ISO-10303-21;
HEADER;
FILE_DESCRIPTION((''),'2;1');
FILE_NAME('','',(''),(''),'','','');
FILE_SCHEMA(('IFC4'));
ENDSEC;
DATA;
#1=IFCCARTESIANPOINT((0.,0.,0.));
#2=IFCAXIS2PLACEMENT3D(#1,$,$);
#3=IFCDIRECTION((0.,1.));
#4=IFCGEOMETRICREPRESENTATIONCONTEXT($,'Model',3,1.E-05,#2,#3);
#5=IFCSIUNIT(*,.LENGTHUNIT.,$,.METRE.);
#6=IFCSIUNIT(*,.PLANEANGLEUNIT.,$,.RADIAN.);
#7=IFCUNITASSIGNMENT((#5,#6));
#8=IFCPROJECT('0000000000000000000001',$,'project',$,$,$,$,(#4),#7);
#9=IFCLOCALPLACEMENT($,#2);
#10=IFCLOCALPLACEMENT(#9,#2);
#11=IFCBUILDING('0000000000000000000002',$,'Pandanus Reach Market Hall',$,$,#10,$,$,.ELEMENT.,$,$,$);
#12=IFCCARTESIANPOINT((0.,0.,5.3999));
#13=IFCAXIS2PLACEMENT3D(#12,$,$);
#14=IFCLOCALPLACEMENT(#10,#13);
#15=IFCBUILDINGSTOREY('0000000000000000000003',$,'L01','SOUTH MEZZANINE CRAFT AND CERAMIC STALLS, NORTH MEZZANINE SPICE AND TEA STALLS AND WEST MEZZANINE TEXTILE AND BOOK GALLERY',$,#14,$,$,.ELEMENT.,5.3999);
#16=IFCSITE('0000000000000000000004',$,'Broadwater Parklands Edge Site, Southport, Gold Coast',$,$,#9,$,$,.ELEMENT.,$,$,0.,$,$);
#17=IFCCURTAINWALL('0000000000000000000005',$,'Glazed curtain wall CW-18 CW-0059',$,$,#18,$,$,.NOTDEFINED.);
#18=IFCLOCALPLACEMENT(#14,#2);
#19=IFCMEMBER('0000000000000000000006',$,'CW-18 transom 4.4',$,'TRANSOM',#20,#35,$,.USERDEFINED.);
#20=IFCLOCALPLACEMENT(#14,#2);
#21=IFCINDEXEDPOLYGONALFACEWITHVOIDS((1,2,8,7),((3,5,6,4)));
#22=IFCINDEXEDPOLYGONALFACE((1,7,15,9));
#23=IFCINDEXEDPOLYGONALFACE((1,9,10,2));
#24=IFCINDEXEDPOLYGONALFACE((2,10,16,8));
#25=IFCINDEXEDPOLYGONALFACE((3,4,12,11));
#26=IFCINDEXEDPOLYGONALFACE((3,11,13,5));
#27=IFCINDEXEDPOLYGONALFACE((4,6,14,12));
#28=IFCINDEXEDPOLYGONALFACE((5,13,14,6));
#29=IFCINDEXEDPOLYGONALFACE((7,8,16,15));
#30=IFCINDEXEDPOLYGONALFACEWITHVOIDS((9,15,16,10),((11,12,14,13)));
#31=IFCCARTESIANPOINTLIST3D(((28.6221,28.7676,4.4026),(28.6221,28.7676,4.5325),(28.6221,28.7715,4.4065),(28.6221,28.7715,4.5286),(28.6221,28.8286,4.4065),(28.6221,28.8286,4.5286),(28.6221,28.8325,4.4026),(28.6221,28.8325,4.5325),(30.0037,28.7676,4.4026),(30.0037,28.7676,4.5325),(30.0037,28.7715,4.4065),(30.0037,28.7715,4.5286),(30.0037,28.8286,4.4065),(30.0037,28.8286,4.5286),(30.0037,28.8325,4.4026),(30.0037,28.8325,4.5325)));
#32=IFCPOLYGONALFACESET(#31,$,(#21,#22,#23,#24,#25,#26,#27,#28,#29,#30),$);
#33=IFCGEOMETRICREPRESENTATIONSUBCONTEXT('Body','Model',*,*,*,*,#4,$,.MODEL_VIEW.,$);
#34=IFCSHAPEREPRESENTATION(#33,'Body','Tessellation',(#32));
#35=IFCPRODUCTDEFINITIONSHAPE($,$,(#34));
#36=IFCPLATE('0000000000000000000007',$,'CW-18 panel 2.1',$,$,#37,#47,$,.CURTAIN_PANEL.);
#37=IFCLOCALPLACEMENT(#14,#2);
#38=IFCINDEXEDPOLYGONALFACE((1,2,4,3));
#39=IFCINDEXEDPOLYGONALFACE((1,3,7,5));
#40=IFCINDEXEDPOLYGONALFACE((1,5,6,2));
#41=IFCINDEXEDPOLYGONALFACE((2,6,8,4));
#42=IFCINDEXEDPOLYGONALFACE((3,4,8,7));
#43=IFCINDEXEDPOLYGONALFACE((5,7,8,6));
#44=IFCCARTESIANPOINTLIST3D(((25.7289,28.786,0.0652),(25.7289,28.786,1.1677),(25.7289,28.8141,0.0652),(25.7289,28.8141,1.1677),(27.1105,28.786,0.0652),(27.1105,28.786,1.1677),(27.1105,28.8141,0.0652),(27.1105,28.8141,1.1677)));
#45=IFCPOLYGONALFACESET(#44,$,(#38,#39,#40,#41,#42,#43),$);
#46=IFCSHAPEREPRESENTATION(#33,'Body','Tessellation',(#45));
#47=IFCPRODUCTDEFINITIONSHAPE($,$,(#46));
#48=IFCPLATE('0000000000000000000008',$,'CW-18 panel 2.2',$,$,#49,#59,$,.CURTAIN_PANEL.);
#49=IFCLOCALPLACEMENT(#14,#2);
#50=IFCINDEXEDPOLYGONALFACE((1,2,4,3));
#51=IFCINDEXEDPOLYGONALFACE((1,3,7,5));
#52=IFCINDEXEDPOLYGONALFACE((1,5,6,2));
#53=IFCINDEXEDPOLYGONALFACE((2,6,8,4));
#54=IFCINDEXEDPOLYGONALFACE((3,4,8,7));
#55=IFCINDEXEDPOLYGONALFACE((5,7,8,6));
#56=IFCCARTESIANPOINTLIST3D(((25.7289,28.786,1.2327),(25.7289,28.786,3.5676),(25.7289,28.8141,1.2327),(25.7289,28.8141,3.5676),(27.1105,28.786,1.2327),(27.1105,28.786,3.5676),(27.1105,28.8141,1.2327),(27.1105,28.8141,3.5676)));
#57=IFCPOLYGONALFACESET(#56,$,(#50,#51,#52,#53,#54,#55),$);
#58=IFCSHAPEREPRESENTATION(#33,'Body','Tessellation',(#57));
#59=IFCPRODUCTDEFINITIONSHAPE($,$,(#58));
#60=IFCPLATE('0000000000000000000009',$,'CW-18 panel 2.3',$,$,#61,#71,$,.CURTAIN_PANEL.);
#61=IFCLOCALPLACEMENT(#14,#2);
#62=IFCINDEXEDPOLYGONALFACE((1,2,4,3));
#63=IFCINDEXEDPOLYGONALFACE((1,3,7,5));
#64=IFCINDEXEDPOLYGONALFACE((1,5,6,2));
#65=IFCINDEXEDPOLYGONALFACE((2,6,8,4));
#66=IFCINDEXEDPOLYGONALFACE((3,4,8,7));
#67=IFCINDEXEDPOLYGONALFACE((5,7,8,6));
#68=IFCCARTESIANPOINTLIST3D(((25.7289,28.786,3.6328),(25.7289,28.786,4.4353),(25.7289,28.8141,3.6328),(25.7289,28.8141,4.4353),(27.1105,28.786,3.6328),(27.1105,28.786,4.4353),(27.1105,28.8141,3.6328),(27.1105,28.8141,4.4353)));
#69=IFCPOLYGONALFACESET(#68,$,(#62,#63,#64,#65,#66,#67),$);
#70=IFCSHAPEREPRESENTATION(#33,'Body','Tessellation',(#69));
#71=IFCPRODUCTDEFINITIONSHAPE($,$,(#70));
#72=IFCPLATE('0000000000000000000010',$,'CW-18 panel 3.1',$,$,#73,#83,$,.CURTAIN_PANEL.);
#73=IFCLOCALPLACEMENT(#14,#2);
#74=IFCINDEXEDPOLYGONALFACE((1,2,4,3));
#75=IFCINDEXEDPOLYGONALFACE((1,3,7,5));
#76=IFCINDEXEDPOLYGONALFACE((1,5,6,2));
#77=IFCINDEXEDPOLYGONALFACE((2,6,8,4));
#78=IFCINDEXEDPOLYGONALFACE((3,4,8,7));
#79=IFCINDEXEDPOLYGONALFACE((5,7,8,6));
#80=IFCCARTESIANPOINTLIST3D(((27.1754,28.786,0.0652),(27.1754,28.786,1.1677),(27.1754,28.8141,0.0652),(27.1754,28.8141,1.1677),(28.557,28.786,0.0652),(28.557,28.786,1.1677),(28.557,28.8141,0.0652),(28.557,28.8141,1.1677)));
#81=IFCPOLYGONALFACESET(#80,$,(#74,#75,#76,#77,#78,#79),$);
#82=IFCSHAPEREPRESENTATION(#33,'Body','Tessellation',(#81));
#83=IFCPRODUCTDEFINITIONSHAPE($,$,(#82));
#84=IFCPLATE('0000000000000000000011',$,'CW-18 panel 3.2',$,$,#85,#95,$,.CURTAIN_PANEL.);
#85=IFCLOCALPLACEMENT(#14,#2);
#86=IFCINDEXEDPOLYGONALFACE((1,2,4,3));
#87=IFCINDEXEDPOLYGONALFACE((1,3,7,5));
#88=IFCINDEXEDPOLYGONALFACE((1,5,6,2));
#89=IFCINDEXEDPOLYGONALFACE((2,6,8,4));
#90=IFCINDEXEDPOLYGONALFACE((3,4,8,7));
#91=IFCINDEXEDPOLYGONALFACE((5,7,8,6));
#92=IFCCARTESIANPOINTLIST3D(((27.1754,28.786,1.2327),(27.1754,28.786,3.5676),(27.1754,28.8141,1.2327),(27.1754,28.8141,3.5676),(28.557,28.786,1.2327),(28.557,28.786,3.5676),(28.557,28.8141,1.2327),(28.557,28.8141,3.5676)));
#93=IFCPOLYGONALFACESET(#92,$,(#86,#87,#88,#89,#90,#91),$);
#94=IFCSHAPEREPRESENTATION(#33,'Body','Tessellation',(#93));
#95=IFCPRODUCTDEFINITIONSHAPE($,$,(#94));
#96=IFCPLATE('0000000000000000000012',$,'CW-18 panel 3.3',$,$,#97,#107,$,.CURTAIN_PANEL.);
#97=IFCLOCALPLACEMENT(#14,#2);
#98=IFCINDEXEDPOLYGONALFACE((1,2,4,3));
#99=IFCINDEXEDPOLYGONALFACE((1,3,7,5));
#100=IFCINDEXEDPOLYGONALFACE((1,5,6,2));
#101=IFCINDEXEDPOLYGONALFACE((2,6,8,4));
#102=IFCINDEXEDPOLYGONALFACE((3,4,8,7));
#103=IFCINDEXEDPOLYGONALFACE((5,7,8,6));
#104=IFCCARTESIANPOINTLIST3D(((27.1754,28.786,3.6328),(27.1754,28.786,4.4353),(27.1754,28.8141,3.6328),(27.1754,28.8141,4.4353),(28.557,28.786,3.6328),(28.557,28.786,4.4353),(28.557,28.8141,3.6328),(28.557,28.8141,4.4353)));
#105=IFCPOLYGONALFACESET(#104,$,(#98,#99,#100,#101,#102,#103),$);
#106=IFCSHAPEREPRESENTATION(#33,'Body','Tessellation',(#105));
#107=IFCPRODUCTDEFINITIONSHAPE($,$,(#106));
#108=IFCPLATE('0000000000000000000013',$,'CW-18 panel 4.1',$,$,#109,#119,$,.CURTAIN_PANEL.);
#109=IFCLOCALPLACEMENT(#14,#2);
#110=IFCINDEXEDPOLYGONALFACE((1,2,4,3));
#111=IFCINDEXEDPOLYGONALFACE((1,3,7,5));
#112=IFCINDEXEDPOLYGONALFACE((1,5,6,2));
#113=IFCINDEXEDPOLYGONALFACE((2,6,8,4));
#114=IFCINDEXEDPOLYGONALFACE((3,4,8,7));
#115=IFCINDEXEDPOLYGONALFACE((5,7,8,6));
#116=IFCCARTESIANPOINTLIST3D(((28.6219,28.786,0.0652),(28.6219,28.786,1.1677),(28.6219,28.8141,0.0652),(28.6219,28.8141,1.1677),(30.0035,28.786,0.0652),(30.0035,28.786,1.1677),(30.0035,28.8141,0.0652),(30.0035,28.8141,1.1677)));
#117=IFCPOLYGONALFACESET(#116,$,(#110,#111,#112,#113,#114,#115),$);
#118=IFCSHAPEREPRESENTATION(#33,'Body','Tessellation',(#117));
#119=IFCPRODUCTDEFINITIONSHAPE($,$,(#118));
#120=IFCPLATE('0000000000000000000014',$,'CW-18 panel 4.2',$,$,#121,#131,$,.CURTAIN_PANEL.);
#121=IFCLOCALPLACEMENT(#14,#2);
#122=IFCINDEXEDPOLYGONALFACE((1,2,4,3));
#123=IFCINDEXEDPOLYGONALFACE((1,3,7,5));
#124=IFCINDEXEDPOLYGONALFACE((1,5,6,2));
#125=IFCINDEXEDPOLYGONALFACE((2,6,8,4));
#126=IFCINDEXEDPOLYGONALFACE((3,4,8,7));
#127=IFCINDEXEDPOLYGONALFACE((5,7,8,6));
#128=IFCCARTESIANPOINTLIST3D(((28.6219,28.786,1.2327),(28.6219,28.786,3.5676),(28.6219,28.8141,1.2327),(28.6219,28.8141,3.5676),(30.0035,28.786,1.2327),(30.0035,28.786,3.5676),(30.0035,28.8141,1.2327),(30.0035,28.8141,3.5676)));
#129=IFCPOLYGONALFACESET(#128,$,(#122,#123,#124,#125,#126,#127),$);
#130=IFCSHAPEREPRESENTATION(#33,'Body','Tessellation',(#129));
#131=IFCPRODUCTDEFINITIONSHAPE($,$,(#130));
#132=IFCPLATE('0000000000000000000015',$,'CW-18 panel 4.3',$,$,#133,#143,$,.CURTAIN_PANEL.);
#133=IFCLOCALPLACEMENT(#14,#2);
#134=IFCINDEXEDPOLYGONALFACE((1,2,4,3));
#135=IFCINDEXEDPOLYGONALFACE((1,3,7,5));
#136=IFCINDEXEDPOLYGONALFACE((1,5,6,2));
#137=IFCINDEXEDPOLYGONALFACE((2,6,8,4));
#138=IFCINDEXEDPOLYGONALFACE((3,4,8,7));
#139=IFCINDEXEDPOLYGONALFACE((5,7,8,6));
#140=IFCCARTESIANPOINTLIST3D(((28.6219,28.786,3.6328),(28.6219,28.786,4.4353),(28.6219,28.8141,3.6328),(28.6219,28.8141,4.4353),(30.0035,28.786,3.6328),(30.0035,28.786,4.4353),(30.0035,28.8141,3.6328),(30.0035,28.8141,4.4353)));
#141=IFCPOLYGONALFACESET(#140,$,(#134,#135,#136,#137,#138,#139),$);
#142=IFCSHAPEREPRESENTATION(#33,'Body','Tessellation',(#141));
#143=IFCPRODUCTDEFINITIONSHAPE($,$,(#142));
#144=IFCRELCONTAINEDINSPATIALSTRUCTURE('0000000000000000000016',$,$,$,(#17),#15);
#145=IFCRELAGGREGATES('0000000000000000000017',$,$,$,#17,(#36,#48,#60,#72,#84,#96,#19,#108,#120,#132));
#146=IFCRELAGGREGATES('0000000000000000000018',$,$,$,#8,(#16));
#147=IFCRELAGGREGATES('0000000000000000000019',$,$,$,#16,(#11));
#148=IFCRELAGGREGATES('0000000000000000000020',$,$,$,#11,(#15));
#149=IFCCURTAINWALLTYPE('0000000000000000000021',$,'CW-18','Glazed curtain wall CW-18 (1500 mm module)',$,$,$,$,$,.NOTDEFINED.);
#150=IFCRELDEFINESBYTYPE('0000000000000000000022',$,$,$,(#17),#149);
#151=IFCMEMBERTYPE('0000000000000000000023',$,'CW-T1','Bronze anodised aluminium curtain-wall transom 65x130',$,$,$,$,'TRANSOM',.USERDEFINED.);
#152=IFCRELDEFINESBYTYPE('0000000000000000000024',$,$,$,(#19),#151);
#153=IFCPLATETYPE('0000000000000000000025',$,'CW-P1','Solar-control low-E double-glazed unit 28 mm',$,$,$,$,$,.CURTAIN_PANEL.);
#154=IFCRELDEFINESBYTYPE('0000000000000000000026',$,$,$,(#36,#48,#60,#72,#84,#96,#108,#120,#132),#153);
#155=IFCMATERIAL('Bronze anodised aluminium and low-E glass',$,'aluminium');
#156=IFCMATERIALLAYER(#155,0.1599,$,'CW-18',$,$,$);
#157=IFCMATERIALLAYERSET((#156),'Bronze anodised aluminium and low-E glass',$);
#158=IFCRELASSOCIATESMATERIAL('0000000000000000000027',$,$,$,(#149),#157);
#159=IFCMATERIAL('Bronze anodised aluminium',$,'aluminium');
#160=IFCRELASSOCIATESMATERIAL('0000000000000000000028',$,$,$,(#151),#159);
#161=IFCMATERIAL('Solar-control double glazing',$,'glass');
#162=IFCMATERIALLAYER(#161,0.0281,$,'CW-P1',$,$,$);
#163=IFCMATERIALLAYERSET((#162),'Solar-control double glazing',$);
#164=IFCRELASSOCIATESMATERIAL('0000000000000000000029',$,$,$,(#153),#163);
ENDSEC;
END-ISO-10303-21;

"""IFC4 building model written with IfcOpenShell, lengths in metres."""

from ifc_helpers import new_model, si_unit, direction, frame, origin, origin_2d, place, context, subcontext, project, spatial, rectangle, hollow_rectangle, extrude, material, layer, layer_set, material_profile, profile_set, type_object, element, aggregate, save


model = new_model("IFC4")

# Units and contexts
model_context = context("Model", 3, precision=1e-05, world=origin(), true_north=direction((0.0, 1.0)))
body_context = subcontext(model_context, "Body", "Model", "MODEL_VIEW")
ifc_project = project(units=[si_unit("LENGTHUNIT", "METRE"), si_unit("PLANEANGLEUNIT", "RADIAN")], contexts=[model_context])

# Site, building, storey
site_placement = place(None, origin())
site = spatial("IfcSite", under=ifc_project, at=site_placement, Name="Broadwater Parklands Edge Site, Southport, Gold Coast", CompositionType="ELEMENT", RefElevation=0.0)
building_placement = place(site_placement, origin())
building = spatial("IfcBuilding", under=site, at=building_placement, Name="Pandanus Reach Market Hall", CompositionType="ELEMENT")
storey_placement = place(building_placement, frame((0.0, 0.0, 5.3999)))
storey = spatial("IfcBuildingStorey", under=building, at=storey_placement, Name="L01", Description="SOUTH MEZZANINE CRAFT AND CERAMIC STALLS, NORTH MEZZANINE SPICE AND TEA STALLS AND WEST MEZZANINE TEXTILE AND BOOK GALLERY", CompositionType="ELEMENT", Elevation=5.3999)

# Curtain wall, member, plates
ifc_material_1 = material(Name="Bronze anodised aluminium and low-E glass", Category="aluminium")
ifc_layer_1 = layer(ifc_material_1, 0.1599, Name="CW-18")
ifc_layer_set_1 = layer_set([ifc_layer_1], Name="Bronze anodised aluminium and low-E glass")
curtain_wall_type = type_object("IfcCurtainWallType", Name="CW-18", Description="Glazed curtain wall CW-18 (1500 mm module)", PredefinedType="NOTDEFINED", material=ifc_layer_set_1)
curtain_wall_placement = place(storey_placement, origin())
curtain_wall = element("IfcCurtainWall", 1, at=curtain_wall_placement, inside=storey, type_object=curtain_wall_type, Name="Glazed curtain wall CW-18 CW-0059", PredefinedType="NOTDEFINED")
ifc_material_2 = material(Name="Bronze anodised aluminium", Category="aluminium")
ifc_material_profile_1 = material_profile(ifc_material_2, hollow_rectangle(XDim=0.0649, YDim=0.1299, WallThickness=0.0039, at=origin_2d()), Name="ALU65x130", Category="LoadBearing")
ifc_profile_set_1 = profile_set([ifc_material_profile_1], Name="Bronze anodised aluminium")
member_type_1 = type_object("IfcMemberType", Name="CW-T1", Description="Bronze anodised aluminium curtain-wall transom 65x130", ElementType="TRANSOM", PredefinedType="USERDEFINED", material=ifc_profile_set_1)
member_1_placement = place(storey_placement, frame((28.6221, 28.8, 4.4675), z_axis=(1.0, 0.0, 0.0), x_axis=(0.0, 1.0, 0.0)))
member_1 = element("IfcMember", 2, at=member_1_placement, type_object=member_type_1, Name="CW-18 transom 4.4", ObjectType="TRANSOM", PredefinedType="USERDEFINED", context=body_context, shape_type="SweptSolid", body=[
    extrude(hollow_rectangle(XDim=0.0649, YDim=0.1299, WallThickness=0.0039, at=origin_2d()), origin(), (0.0, 0.0, 1.0), 1.3816),
])
ifc_material_3 = material(Name="Solar-control double glazing", Category="glass")
ifc_layer_2 = layer(ifc_material_3, 0.0281, Name="CW-P1")
ifc_layer_set_2 = layer_set([ifc_layer_2], Name="Solar-control double glazing")
plate_type = type_object("IfcPlateType", Name="CW-P1", Description="Solar-control low-E double-glazed unit 28 mm", PredefinedType="CURTAIN_PANEL", material=ifc_layer_set_2)
plate_1_placement = place(storey_placement, frame((26.4197, 28.8, 0.0652), z_axis=(0.0, 0.0, 1.0), x_axis=(1.0, 0.0, 0.0)))
plate_1 = element("IfcPlate", 3, at=plate_1_placement, type_object=plate_type, Name="CW-18 panel 2.1", PredefinedType="CURTAIN_PANEL", context=body_context, shape_type="SweptSolid", body=[
    extrude(rectangle(XDim=1.3816, YDim=0.0281, at=origin_2d()), origin(), (0.0, 0.0, 1.0), 1.1025),
])
plate_2_placement = place(storey_placement, frame((26.4197, 28.8, 1.2327), z_axis=(0.0, 0.0, 1.0), x_axis=(1.0, 0.0, 0.0)))
plate_2 = element("IfcPlate", 4, at=plate_2_placement, type_object=plate_type, Name="CW-18 panel 2.2", PredefinedType="CURTAIN_PANEL", context=body_context, shape_type="SweptSolid", body=[
    extrude(rectangle(XDim=1.3816, YDim=0.0281, at=origin_2d()), origin(), (0.0, 0.0, 1.0), 2.335),
])
plate_3_placement = place(storey_placement, frame((26.4197, 28.8, 3.6328), z_axis=(0.0, 0.0, 1.0), x_axis=(1.0, 0.0, 0.0)))
plate_3 = element("IfcPlate", 5, at=plate_3_placement, type_object=plate_type, Name="CW-18 panel 2.3", PredefinedType="CURTAIN_PANEL", context=body_context, shape_type="SweptSolid", body=[
    extrude(rectangle(XDim=1.3816, YDim=0.0281, at=origin_2d()), origin(), (0.0, 0.0, 1.0), 0.8025),
])
plate_4_placement = place(storey_placement, frame((27.8662, 28.8, 0.0652), z_axis=(0.0, 0.0, 1.0), x_axis=(1.0, 0.0, 0.0)))
plate_4 = element("IfcPlate", 6, at=plate_4_placement, type_object=plate_type, Name="CW-18 panel 3.1", PredefinedType="CURTAIN_PANEL", context=body_context, shape_type="SweptSolid", body=[
    extrude(rectangle(XDim=1.3816, YDim=0.0281, at=origin_2d()), origin(), (0.0, 0.0, 1.0), 1.1025),
])
plate_5_placement = place(storey_placement, frame((27.8662, 28.8, 1.2327), z_axis=(0.0, 0.0, 1.0), x_axis=(1.0, 0.0, 0.0)))
plate_5 = element("IfcPlate", 7, at=plate_5_placement, type_object=plate_type, Name="CW-18 panel 3.2", PredefinedType="CURTAIN_PANEL", context=body_context, shape_type="SweptSolid", body=[
    extrude(rectangle(XDim=1.3816, YDim=0.0281, at=origin_2d()), origin(), (0.0, 0.0, 1.0), 2.335),
])
plate_6_placement = place(storey_placement, frame((27.8662, 28.8, 3.6328), z_axis=(0.0, 0.0, 1.0), x_axis=(1.0, 0.0, 0.0)))
plate_6 = element("IfcPlate", 8, at=plate_6_placement, type_object=plate_type, Name="CW-18 panel 3.3", PredefinedType="CURTAIN_PANEL", context=body_context, shape_type="SweptSolid", body=[
    extrude(rectangle(XDim=1.3816, YDim=0.0281, at=origin_2d()), origin(), (0.0, 0.0, 1.0), 0.8025),
])
plate_7_placement = place(storey_placement, frame((29.3127, 28.8, 0.0652), z_axis=(0.0, 0.0, 1.0), x_axis=(1.0, 0.0, 0.0)))
plate_7 = element("IfcPlate", 9, at=plate_7_placement, type_object=plate_type, Name="CW-18 panel 4.1", PredefinedType="CURTAIN_PANEL", context=body_context, shape_type="SweptSolid", body=[
    extrude(rectangle(XDim=1.3816, YDim=0.0281, at=origin_2d()), origin(), (0.0, 0.0, 1.0), 1.1025),
])
plate_8_placement = place(storey_placement, frame((29.3127, 28.8, 1.2327), z_axis=(0.0, 0.0, 1.0), x_axis=(1.0, 0.0, 0.0)))
plate_8 = element("IfcPlate", 10, at=plate_8_placement, type_object=plate_type, Name="CW-18 panel 4.2", PredefinedType="CURTAIN_PANEL", context=body_context, shape_type="SweptSolid", body=[
    extrude(rectangle(XDim=1.3816, YDim=0.0281, at=origin_2d()), origin(), (0.0, 0.0, 1.0), 2.335),
])
plate_9_placement = place(storey_placement, frame((29.3127, 28.8, 3.6328), z_axis=(0.0, 0.0, 1.0), x_axis=(1.0, 0.0, 0.0)))
plate_9 = element("IfcPlate", 11, at=plate_9_placement, type_object=plate_type, Name="CW-18 panel 4.3", PredefinedType="CURTAIN_PANEL", context=body_context, shape_type="SweptSolid", body=[
    extrude(rectangle(XDim=1.3816, YDim=0.0281, at=origin_2d()), origin(), (0.0, 0.0, 1.0), 0.8025),
])
aggregate(curtain_wall, [plate_1, plate_2, plate_3, plate_4, plate_5, plate_6, member_1, plate_7, plate_8, plate_9])

save(model, "model.ifc")
